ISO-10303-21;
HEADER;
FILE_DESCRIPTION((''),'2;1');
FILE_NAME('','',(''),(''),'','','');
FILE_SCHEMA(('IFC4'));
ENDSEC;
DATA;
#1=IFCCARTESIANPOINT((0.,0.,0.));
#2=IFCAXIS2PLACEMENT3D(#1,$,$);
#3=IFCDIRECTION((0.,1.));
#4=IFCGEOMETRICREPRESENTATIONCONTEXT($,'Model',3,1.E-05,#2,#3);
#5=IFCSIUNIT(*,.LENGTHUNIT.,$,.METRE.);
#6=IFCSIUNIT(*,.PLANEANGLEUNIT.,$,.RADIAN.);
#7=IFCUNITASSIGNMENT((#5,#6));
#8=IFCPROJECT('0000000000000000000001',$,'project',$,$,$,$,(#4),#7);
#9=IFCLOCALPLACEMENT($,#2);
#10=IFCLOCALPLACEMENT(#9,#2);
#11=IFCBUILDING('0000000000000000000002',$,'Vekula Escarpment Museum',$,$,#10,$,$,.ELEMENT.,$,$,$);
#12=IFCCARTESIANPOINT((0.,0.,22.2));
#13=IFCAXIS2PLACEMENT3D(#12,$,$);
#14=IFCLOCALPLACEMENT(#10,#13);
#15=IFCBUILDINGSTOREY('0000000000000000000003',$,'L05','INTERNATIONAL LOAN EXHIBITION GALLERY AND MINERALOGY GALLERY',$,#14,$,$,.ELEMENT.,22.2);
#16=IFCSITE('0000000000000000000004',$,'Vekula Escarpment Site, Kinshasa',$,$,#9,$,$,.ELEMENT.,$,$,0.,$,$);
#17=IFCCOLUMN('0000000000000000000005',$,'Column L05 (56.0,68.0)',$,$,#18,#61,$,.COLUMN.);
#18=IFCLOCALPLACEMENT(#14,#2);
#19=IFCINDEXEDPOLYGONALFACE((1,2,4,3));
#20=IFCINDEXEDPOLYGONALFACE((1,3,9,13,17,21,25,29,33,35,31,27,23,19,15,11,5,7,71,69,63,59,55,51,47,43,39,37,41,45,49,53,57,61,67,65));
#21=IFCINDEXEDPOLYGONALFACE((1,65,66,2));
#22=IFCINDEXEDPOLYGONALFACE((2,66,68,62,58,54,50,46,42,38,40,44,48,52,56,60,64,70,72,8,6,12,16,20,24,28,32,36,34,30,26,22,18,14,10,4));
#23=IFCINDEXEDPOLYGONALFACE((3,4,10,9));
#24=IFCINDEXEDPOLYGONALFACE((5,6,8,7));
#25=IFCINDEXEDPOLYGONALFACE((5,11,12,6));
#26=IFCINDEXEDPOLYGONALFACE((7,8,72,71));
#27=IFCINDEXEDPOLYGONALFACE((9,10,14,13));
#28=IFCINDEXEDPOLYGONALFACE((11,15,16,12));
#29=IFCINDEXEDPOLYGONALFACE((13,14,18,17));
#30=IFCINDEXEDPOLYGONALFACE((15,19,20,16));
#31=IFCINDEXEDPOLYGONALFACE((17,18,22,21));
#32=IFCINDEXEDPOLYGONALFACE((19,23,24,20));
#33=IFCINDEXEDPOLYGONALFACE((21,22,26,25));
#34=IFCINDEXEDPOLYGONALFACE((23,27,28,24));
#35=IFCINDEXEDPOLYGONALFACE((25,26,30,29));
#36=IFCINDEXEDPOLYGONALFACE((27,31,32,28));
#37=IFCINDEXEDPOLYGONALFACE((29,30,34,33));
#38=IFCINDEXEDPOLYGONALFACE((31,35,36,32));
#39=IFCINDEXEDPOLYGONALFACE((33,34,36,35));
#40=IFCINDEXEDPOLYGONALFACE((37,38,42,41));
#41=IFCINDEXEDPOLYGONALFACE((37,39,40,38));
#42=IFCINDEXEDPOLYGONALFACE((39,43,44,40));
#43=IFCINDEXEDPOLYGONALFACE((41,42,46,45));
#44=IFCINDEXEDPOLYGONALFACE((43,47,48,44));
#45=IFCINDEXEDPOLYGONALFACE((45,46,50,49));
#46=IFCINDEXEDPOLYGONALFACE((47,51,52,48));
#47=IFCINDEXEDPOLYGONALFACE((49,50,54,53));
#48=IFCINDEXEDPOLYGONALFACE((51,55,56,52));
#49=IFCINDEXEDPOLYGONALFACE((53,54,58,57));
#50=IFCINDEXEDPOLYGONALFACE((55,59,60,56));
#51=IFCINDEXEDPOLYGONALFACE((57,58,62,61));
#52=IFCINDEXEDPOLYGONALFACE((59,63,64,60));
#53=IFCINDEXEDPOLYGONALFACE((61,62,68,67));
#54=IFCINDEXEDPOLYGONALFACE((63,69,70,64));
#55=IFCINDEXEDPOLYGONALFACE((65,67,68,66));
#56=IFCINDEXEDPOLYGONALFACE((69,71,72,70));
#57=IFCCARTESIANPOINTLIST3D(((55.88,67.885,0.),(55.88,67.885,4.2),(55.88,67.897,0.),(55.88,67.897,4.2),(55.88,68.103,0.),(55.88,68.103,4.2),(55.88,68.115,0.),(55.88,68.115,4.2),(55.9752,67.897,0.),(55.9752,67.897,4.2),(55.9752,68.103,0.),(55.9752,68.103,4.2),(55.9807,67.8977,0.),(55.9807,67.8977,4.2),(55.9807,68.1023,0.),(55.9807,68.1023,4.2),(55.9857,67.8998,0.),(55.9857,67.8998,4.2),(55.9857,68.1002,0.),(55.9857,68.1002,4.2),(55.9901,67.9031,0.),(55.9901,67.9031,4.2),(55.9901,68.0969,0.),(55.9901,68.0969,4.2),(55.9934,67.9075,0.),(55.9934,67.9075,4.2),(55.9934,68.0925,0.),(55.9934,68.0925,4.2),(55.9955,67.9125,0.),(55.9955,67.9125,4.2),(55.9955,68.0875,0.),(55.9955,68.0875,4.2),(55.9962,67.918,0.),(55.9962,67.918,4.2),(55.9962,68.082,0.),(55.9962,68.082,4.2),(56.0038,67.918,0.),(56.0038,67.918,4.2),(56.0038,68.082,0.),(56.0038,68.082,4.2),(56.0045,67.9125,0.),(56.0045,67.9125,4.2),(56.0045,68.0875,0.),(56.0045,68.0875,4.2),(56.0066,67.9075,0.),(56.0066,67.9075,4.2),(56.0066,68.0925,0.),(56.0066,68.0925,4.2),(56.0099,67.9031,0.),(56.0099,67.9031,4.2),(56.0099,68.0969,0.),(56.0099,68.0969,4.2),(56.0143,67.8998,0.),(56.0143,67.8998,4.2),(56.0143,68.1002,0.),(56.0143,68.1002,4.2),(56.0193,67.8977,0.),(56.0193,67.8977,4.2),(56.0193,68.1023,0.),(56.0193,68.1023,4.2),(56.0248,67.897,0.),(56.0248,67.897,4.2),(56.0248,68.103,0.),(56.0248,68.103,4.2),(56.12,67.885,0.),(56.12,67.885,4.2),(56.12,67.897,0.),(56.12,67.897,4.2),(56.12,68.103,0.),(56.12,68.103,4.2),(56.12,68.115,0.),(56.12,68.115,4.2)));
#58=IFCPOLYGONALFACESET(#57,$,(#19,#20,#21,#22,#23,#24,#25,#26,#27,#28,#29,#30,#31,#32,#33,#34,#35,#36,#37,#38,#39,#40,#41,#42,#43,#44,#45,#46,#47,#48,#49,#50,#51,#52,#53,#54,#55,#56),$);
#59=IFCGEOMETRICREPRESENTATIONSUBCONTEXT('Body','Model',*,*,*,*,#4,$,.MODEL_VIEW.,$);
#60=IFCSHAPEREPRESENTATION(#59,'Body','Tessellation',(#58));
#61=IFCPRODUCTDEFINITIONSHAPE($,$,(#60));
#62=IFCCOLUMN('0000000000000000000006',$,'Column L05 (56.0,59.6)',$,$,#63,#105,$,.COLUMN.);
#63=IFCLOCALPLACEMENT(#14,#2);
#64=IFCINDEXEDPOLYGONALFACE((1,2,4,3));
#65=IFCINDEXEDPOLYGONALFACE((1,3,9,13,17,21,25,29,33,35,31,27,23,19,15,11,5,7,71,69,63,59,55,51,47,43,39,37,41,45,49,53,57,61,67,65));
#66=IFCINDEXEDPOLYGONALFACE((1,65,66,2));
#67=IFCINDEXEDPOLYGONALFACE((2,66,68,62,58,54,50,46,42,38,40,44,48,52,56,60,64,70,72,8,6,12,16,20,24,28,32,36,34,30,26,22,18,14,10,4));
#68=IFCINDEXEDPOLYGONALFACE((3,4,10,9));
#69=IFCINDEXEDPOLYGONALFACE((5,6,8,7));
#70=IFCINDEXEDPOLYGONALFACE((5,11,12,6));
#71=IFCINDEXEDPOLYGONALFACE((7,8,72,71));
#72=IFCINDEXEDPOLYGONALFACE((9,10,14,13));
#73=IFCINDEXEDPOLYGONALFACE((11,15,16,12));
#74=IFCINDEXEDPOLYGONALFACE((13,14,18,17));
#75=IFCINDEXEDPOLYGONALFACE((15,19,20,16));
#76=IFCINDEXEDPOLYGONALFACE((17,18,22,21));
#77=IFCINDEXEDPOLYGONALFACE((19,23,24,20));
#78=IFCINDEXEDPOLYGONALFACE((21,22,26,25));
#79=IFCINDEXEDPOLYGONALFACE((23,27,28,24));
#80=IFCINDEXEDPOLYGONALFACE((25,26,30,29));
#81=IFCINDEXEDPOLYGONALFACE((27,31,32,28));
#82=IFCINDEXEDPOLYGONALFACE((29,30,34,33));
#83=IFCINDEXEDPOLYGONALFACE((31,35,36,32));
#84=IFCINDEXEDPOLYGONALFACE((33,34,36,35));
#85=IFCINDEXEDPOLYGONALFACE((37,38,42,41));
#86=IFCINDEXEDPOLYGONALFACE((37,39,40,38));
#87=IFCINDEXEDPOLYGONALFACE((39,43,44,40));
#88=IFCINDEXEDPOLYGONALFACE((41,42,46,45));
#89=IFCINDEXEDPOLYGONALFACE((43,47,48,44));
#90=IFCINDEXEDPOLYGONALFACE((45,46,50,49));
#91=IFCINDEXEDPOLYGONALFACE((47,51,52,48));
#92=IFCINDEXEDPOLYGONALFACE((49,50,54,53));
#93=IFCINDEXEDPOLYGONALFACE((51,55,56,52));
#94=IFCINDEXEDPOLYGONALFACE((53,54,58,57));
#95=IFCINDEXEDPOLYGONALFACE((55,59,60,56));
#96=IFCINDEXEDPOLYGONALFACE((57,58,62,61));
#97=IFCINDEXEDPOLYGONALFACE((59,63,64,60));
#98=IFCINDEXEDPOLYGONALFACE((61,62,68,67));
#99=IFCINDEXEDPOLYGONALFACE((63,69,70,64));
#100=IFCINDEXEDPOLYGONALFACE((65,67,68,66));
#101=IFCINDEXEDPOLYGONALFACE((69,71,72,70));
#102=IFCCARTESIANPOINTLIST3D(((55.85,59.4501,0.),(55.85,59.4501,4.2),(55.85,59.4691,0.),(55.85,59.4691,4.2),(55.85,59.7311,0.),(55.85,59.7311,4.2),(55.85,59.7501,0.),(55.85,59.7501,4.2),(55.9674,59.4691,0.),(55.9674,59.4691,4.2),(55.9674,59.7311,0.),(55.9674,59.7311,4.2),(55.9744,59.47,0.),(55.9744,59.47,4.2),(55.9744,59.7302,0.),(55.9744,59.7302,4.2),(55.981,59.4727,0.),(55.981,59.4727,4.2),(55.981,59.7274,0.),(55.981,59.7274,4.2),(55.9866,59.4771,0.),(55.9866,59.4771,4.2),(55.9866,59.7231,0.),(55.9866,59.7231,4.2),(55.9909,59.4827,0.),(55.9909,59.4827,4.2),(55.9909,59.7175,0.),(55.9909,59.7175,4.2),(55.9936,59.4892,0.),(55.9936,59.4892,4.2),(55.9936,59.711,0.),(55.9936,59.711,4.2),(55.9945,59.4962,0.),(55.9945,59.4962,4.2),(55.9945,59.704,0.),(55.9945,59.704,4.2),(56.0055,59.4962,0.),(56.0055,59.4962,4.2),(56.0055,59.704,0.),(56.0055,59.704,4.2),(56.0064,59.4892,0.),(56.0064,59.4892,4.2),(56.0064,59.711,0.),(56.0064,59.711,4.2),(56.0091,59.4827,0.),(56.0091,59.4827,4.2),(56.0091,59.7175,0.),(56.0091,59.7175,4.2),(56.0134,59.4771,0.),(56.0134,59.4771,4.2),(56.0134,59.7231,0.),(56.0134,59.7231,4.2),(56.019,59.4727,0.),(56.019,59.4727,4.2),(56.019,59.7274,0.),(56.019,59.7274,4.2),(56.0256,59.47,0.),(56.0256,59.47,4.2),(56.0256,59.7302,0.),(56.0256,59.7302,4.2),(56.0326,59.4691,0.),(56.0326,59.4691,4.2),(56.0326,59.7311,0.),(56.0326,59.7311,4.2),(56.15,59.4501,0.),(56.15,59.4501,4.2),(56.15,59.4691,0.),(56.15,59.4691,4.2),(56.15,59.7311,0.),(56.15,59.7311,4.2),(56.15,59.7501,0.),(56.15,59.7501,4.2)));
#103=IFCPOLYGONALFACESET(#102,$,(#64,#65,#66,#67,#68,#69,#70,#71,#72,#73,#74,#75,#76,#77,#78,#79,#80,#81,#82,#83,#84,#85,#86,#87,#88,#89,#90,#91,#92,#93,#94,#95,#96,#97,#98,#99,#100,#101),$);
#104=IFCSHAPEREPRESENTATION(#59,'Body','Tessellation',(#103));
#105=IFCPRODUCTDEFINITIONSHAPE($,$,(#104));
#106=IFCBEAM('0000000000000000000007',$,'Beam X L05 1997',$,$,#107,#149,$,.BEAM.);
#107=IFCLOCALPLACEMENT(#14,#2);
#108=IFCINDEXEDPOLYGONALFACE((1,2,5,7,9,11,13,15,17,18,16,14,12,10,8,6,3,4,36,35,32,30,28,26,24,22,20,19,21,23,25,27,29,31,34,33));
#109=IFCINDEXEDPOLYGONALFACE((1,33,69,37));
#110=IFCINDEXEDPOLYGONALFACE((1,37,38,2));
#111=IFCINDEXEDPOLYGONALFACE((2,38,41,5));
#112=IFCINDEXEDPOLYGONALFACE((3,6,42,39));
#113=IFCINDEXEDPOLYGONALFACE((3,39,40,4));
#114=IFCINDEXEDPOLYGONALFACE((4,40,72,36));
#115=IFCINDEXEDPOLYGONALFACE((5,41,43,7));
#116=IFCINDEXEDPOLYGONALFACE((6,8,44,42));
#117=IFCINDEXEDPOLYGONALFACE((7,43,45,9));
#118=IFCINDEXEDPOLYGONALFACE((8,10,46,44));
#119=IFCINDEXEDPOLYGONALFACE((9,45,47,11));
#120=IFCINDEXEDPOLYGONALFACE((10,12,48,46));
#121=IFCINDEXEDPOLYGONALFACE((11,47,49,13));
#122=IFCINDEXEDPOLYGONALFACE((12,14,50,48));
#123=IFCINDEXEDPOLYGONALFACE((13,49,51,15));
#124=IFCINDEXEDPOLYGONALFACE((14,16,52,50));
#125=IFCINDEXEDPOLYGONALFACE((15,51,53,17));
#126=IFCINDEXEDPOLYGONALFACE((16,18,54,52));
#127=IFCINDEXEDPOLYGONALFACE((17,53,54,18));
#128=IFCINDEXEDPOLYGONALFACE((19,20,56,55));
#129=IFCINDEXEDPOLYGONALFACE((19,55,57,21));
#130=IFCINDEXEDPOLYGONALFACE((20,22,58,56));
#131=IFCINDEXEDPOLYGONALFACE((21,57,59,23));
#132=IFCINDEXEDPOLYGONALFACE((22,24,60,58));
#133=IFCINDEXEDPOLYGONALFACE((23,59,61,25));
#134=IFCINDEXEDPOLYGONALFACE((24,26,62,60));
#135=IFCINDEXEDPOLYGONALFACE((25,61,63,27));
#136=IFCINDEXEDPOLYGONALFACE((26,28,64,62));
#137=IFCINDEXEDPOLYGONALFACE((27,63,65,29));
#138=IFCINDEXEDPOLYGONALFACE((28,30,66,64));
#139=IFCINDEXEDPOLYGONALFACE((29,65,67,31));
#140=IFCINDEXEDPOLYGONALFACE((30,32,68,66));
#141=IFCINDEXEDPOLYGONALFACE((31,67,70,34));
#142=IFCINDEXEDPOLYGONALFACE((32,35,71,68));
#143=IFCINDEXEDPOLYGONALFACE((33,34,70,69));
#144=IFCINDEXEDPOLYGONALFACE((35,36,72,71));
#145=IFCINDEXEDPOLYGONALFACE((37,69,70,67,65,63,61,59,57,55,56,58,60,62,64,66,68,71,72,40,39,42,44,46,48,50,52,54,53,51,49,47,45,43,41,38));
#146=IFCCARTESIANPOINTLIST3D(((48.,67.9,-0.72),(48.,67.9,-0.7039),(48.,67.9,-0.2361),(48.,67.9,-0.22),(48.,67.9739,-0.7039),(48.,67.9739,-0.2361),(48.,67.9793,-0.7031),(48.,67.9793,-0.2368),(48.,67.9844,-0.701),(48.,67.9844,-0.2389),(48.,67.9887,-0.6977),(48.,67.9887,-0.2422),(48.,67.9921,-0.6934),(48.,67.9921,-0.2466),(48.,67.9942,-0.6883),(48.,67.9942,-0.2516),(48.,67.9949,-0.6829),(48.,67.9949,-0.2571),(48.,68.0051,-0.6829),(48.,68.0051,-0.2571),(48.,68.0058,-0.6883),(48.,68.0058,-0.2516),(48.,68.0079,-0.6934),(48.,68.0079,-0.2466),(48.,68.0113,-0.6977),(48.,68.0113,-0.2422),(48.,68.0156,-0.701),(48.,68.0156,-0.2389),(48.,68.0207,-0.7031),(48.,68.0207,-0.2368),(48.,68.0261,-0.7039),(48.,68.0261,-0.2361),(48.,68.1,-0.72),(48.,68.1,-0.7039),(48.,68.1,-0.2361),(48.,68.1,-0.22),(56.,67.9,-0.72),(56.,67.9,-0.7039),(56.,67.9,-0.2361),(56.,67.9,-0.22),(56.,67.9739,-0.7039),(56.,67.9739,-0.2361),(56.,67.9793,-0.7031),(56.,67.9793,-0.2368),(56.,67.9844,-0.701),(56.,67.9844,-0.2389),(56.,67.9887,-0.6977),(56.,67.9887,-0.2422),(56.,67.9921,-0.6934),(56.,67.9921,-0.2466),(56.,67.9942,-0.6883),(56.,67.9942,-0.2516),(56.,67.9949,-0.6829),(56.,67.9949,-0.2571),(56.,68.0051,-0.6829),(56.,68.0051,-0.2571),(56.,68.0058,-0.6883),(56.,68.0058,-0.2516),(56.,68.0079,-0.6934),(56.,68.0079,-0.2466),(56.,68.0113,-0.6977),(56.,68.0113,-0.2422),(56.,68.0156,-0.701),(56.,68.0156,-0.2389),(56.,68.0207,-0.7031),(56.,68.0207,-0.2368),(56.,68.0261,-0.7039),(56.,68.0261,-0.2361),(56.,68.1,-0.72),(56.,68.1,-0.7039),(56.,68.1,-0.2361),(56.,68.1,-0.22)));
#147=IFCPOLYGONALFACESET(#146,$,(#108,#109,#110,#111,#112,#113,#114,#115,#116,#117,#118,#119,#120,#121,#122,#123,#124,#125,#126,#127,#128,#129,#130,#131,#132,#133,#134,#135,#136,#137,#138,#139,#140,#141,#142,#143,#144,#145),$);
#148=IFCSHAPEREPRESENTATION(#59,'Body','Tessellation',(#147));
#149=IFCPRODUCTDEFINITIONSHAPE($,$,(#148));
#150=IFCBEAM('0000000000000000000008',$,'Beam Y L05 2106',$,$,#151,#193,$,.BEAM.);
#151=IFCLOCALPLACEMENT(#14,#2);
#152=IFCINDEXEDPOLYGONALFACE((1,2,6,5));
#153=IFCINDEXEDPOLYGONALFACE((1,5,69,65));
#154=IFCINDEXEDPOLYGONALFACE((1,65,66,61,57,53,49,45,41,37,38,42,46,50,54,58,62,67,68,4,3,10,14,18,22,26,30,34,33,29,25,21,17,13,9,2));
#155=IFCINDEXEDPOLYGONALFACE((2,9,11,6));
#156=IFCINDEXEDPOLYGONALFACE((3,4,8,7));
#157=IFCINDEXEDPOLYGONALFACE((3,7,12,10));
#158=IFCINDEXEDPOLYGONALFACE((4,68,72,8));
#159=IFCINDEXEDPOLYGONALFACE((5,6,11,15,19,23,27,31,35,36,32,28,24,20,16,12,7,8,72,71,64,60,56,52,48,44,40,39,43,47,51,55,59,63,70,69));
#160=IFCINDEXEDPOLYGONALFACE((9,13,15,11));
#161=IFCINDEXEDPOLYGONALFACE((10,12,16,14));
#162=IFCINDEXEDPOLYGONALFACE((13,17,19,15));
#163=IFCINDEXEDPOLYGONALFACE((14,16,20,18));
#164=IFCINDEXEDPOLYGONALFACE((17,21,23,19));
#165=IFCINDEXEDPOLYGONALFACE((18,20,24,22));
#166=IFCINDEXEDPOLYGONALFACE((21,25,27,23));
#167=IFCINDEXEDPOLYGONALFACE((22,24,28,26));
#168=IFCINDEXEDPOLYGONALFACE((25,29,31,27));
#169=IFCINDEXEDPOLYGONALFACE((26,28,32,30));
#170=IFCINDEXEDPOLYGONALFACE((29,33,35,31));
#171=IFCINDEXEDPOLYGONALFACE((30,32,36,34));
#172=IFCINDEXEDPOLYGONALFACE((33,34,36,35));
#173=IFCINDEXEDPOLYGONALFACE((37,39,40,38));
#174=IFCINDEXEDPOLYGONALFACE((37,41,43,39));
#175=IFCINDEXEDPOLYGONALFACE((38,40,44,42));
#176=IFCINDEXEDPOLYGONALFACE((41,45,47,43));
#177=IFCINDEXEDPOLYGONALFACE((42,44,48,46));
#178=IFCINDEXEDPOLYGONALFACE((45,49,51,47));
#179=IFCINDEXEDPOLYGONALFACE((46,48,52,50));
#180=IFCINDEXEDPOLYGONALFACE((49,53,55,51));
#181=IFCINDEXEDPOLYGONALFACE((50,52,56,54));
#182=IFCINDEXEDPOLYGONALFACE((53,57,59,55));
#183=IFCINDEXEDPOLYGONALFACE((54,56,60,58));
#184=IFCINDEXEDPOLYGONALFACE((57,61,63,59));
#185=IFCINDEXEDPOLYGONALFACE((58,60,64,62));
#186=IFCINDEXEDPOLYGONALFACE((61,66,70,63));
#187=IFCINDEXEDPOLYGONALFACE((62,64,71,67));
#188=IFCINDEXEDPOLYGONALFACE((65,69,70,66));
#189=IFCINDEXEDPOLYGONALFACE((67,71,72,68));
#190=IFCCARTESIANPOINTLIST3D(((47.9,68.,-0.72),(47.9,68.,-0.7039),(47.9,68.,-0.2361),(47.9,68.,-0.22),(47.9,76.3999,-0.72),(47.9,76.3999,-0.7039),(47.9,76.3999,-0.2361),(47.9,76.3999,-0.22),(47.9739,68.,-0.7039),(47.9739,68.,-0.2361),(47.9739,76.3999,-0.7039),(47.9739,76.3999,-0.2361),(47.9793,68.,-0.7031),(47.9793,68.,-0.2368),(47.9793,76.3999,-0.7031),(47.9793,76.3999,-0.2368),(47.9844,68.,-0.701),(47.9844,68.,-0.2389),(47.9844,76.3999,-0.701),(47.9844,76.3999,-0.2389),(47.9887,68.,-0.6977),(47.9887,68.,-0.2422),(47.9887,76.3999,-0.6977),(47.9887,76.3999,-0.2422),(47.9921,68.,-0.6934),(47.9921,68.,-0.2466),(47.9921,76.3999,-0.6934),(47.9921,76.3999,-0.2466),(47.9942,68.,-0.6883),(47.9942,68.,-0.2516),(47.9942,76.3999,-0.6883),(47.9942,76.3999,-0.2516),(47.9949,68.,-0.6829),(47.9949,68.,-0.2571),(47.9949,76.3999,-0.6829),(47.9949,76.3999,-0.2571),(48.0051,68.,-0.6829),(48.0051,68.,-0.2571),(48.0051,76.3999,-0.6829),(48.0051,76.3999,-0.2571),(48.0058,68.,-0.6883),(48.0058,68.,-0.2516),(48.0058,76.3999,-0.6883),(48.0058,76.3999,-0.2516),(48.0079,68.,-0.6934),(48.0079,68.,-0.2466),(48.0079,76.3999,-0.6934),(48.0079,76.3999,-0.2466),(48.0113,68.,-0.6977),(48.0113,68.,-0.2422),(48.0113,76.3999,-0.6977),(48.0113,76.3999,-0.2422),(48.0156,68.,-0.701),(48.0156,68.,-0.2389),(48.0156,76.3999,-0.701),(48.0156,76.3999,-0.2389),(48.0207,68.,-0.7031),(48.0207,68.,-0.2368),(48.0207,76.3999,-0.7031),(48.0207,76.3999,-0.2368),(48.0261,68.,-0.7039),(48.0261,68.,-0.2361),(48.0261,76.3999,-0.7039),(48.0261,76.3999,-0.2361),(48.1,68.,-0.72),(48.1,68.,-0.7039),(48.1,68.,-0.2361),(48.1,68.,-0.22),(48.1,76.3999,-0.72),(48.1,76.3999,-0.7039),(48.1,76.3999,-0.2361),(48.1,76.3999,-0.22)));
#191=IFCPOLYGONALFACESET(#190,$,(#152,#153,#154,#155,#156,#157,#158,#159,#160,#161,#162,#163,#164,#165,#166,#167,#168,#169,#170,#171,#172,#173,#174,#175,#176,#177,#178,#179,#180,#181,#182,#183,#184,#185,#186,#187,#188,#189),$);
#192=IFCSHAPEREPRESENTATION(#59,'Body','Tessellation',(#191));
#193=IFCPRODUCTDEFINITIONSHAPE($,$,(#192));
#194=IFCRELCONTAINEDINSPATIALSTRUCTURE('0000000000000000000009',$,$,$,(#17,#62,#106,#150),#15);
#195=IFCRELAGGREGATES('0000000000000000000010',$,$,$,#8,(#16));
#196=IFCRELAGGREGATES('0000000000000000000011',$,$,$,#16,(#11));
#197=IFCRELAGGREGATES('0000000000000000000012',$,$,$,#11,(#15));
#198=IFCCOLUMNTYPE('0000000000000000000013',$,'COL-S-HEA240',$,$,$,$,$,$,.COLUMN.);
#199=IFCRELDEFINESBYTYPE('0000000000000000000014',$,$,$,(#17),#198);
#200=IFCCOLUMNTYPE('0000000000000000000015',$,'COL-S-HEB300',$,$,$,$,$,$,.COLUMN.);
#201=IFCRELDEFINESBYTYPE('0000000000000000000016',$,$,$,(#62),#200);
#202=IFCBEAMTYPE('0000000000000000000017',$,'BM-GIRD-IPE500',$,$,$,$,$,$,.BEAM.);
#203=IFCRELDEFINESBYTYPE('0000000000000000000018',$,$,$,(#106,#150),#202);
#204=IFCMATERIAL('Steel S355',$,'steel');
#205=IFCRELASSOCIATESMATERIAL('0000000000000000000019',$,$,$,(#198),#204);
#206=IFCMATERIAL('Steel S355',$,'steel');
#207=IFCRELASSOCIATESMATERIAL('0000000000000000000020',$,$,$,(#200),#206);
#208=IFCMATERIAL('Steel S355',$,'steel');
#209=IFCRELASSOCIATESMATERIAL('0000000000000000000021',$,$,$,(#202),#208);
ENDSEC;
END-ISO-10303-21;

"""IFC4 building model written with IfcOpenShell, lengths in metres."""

from ifc_helpers import new_model, si_unit, direction, frame, origin, origin_2d, place, context, subcontext, project, spatial, i_section, extrude, material, material_profile, profile_set, type_object, element, save


model = new_model("IFC4")

# Units and contexts
model_context = context("Model", 3, precision=1e-05, world=origin(), true_north=direction((0.0, 1.0)))
body_context = subcontext(model_context, "Body", "Model", "MODEL_VIEW")
ifc_project = project(units=[si_unit("LENGTHUNIT", "METRE"), si_unit("PLANEANGLEUNIT", "RADIAN")], contexts=[model_context])

# Site, building, storey
site_placement = place(None, origin())
site = spatial("IfcSite", under=ifc_project, at=site_placement, Name="Vekula Escarpment Site, Kinshasa", CompositionType="ELEMENT", RefElevation=0.0)
building_placement = place(site_placement, origin())
building = spatial("IfcBuilding", under=site, at=building_placement, Name="Vekula Escarpment Museum", CompositionType="ELEMENT")
storey_placement = place(building_placement, frame((0.0, 0.0, 22.2)))
storey = spatial("IfcBuildingStorey", under=building, at=storey_placement, Name="L05", Description="INTERNATIONAL LOAN EXHIBITION GALLERY AND MINERALOGY GALLERY", CompositionType="ELEMENT", Elevation=22.2)

# Columns
ifc_material_1 = material(Name="Steel S355", Category="steel")
ifc_material_profile_1 = material_profile(ifc_material_1, i_section(OverallWidth=0.24, OverallDepth=0.23, WebThickness=0.0076, FlangeThickness=0.012, FilletRadius=0.021, at=origin_2d()), Name="HEA 240")
ifc_profile_set_1 = profile_set([ifc_material_profile_1], Name="Steel S355")
column_type_1 = type_object("IfcColumnType", Name="COL-S-HEA240", PredefinedType="COLUMN", material=ifc_profile_set_1)
column_1_placement = place(storey_placement, frame((56.0, 68.0, 0.0), z_axis=(0.0, 0.0, 1.0), x_axis=(1.0, 0.0, 0.0)))
element("IfcColumn", 1, at=column_1_placement, inside=storey, type_object=column_type_1, Name="Column L05 (56.0,68.0)", PredefinedType="COLUMN", context=body_context, shape_type="SweptSolid", body=[
    extrude(i_section(OverallWidth=0.24, OverallDepth=0.23, WebThickness=0.0076, FlangeThickness=0.012, FilletRadius=0.021, at=origin_2d()), origin(), (0.0, 0.0, 1.0), 4.2),
])
ifc_material_2 = material(Name="Steel S355", Category="steel")
ifc_material_profile_2 = material_profile(ifc_material_2, i_section(OverallWidth=0.3, OverallDepth=0.3, WebThickness=0.011, FlangeThickness=0.019, FilletRadius=0.0271, at=origin_2d()), Name="HEB 300")
ifc_profile_set_2 = profile_set([ifc_material_profile_2], Name="Steel S355")
column_type_2 = type_object("IfcColumnType", Name="COL-S-HEB300", PredefinedType="COLUMN", material=ifc_profile_set_2)
column_2_placement = place(storey_placement, frame((56.0, 59.6001, 0.0), z_axis=(0.0, 0.0, 1.0), x_axis=(1.0, 0.0, 0.0)))
element("IfcColumn", 2, at=column_2_placement, inside=storey, type_object=column_type_2, Name="Column L05 (56.0,59.6)", PredefinedType="COLUMN", context=body_context, shape_type="SweptSolid", body=[
    extrude(i_section(OverallWidth=0.3, OverallDepth=0.3, WebThickness=0.011, FlangeThickness=0.019, FilletRadius=0.0271, at=origin_2d()), origin(), (0.0, 0.0, 1.0), 4.2),
])

# Beams
ifc_material_3 = material(Name="Steel S355", Category="steel")
ifc_material_profile_3 = material_profile(ifc_material_3, i_section(OverallWidth=0.2, OverallDepth=0.5, WebThickness=0.0103, FlangeThickness=0.0161, FilletRadius=0.021, at=origin_2d()), Name="IPE 500")
ifc_profile_set_3 = profile_set([ifc_material_profile_3], Name="Steel S355")
beam_type_1 = type_object("IfcBeamType", Name="BM-GIRD-IPE500", PredefinedType="BEAM", material=ifc_profile_set_3)
beam_placement = place(storey_placement, frame((48.0, 68.0, -0.47), z_axis=(1.0, 0.0, 0.0), x_axis=(0.0, 1.0, 0.0)))
element("IfcBeam", 3, at=beam_placement, inside=storey, type_object=beam_type_1, Name="Beam X L05 1997", PredefinedType="BEAM", context=body_context, shape_type="SweptSolid", body=[
    extrude(i_section(OverallWidth=0.2, OverallDepth=0.5, WebThickness=0.0103, FlangeThickness=0.0161, FilletRadius=0.021, at=origin_2d()), origin(), (0.0, 0.0, 1.0), 8.0),
])
for number, where, z_axis, x_axis, name in (
    (4, (48.0, 68.0, -0.47), (0.0, 1.0, 0.0), (-1.0, 0.0, 0.0), "Beam Y L05 2106"),
):
    element("IfcBeam", number, at=place(storey_placement, frame(where, z_axis=z_axis, x_axis=x_axis)), inside=storey, type_object=beam_type_1, Name=name, PredefinedType="BEAM", context=body_context, shape_type="SweptSolid", body=[
        extrude(i_section(OverallWidth=0.2, OverallDepth=0.5, WebThickness=0.0103, FlangeThickness=0.0161, FilletRadius=0.021, at=origin_2d()), origin(), (0.0, 0.0, 1.0), 8.3999),
    ])

save(model, "model.ifc")
